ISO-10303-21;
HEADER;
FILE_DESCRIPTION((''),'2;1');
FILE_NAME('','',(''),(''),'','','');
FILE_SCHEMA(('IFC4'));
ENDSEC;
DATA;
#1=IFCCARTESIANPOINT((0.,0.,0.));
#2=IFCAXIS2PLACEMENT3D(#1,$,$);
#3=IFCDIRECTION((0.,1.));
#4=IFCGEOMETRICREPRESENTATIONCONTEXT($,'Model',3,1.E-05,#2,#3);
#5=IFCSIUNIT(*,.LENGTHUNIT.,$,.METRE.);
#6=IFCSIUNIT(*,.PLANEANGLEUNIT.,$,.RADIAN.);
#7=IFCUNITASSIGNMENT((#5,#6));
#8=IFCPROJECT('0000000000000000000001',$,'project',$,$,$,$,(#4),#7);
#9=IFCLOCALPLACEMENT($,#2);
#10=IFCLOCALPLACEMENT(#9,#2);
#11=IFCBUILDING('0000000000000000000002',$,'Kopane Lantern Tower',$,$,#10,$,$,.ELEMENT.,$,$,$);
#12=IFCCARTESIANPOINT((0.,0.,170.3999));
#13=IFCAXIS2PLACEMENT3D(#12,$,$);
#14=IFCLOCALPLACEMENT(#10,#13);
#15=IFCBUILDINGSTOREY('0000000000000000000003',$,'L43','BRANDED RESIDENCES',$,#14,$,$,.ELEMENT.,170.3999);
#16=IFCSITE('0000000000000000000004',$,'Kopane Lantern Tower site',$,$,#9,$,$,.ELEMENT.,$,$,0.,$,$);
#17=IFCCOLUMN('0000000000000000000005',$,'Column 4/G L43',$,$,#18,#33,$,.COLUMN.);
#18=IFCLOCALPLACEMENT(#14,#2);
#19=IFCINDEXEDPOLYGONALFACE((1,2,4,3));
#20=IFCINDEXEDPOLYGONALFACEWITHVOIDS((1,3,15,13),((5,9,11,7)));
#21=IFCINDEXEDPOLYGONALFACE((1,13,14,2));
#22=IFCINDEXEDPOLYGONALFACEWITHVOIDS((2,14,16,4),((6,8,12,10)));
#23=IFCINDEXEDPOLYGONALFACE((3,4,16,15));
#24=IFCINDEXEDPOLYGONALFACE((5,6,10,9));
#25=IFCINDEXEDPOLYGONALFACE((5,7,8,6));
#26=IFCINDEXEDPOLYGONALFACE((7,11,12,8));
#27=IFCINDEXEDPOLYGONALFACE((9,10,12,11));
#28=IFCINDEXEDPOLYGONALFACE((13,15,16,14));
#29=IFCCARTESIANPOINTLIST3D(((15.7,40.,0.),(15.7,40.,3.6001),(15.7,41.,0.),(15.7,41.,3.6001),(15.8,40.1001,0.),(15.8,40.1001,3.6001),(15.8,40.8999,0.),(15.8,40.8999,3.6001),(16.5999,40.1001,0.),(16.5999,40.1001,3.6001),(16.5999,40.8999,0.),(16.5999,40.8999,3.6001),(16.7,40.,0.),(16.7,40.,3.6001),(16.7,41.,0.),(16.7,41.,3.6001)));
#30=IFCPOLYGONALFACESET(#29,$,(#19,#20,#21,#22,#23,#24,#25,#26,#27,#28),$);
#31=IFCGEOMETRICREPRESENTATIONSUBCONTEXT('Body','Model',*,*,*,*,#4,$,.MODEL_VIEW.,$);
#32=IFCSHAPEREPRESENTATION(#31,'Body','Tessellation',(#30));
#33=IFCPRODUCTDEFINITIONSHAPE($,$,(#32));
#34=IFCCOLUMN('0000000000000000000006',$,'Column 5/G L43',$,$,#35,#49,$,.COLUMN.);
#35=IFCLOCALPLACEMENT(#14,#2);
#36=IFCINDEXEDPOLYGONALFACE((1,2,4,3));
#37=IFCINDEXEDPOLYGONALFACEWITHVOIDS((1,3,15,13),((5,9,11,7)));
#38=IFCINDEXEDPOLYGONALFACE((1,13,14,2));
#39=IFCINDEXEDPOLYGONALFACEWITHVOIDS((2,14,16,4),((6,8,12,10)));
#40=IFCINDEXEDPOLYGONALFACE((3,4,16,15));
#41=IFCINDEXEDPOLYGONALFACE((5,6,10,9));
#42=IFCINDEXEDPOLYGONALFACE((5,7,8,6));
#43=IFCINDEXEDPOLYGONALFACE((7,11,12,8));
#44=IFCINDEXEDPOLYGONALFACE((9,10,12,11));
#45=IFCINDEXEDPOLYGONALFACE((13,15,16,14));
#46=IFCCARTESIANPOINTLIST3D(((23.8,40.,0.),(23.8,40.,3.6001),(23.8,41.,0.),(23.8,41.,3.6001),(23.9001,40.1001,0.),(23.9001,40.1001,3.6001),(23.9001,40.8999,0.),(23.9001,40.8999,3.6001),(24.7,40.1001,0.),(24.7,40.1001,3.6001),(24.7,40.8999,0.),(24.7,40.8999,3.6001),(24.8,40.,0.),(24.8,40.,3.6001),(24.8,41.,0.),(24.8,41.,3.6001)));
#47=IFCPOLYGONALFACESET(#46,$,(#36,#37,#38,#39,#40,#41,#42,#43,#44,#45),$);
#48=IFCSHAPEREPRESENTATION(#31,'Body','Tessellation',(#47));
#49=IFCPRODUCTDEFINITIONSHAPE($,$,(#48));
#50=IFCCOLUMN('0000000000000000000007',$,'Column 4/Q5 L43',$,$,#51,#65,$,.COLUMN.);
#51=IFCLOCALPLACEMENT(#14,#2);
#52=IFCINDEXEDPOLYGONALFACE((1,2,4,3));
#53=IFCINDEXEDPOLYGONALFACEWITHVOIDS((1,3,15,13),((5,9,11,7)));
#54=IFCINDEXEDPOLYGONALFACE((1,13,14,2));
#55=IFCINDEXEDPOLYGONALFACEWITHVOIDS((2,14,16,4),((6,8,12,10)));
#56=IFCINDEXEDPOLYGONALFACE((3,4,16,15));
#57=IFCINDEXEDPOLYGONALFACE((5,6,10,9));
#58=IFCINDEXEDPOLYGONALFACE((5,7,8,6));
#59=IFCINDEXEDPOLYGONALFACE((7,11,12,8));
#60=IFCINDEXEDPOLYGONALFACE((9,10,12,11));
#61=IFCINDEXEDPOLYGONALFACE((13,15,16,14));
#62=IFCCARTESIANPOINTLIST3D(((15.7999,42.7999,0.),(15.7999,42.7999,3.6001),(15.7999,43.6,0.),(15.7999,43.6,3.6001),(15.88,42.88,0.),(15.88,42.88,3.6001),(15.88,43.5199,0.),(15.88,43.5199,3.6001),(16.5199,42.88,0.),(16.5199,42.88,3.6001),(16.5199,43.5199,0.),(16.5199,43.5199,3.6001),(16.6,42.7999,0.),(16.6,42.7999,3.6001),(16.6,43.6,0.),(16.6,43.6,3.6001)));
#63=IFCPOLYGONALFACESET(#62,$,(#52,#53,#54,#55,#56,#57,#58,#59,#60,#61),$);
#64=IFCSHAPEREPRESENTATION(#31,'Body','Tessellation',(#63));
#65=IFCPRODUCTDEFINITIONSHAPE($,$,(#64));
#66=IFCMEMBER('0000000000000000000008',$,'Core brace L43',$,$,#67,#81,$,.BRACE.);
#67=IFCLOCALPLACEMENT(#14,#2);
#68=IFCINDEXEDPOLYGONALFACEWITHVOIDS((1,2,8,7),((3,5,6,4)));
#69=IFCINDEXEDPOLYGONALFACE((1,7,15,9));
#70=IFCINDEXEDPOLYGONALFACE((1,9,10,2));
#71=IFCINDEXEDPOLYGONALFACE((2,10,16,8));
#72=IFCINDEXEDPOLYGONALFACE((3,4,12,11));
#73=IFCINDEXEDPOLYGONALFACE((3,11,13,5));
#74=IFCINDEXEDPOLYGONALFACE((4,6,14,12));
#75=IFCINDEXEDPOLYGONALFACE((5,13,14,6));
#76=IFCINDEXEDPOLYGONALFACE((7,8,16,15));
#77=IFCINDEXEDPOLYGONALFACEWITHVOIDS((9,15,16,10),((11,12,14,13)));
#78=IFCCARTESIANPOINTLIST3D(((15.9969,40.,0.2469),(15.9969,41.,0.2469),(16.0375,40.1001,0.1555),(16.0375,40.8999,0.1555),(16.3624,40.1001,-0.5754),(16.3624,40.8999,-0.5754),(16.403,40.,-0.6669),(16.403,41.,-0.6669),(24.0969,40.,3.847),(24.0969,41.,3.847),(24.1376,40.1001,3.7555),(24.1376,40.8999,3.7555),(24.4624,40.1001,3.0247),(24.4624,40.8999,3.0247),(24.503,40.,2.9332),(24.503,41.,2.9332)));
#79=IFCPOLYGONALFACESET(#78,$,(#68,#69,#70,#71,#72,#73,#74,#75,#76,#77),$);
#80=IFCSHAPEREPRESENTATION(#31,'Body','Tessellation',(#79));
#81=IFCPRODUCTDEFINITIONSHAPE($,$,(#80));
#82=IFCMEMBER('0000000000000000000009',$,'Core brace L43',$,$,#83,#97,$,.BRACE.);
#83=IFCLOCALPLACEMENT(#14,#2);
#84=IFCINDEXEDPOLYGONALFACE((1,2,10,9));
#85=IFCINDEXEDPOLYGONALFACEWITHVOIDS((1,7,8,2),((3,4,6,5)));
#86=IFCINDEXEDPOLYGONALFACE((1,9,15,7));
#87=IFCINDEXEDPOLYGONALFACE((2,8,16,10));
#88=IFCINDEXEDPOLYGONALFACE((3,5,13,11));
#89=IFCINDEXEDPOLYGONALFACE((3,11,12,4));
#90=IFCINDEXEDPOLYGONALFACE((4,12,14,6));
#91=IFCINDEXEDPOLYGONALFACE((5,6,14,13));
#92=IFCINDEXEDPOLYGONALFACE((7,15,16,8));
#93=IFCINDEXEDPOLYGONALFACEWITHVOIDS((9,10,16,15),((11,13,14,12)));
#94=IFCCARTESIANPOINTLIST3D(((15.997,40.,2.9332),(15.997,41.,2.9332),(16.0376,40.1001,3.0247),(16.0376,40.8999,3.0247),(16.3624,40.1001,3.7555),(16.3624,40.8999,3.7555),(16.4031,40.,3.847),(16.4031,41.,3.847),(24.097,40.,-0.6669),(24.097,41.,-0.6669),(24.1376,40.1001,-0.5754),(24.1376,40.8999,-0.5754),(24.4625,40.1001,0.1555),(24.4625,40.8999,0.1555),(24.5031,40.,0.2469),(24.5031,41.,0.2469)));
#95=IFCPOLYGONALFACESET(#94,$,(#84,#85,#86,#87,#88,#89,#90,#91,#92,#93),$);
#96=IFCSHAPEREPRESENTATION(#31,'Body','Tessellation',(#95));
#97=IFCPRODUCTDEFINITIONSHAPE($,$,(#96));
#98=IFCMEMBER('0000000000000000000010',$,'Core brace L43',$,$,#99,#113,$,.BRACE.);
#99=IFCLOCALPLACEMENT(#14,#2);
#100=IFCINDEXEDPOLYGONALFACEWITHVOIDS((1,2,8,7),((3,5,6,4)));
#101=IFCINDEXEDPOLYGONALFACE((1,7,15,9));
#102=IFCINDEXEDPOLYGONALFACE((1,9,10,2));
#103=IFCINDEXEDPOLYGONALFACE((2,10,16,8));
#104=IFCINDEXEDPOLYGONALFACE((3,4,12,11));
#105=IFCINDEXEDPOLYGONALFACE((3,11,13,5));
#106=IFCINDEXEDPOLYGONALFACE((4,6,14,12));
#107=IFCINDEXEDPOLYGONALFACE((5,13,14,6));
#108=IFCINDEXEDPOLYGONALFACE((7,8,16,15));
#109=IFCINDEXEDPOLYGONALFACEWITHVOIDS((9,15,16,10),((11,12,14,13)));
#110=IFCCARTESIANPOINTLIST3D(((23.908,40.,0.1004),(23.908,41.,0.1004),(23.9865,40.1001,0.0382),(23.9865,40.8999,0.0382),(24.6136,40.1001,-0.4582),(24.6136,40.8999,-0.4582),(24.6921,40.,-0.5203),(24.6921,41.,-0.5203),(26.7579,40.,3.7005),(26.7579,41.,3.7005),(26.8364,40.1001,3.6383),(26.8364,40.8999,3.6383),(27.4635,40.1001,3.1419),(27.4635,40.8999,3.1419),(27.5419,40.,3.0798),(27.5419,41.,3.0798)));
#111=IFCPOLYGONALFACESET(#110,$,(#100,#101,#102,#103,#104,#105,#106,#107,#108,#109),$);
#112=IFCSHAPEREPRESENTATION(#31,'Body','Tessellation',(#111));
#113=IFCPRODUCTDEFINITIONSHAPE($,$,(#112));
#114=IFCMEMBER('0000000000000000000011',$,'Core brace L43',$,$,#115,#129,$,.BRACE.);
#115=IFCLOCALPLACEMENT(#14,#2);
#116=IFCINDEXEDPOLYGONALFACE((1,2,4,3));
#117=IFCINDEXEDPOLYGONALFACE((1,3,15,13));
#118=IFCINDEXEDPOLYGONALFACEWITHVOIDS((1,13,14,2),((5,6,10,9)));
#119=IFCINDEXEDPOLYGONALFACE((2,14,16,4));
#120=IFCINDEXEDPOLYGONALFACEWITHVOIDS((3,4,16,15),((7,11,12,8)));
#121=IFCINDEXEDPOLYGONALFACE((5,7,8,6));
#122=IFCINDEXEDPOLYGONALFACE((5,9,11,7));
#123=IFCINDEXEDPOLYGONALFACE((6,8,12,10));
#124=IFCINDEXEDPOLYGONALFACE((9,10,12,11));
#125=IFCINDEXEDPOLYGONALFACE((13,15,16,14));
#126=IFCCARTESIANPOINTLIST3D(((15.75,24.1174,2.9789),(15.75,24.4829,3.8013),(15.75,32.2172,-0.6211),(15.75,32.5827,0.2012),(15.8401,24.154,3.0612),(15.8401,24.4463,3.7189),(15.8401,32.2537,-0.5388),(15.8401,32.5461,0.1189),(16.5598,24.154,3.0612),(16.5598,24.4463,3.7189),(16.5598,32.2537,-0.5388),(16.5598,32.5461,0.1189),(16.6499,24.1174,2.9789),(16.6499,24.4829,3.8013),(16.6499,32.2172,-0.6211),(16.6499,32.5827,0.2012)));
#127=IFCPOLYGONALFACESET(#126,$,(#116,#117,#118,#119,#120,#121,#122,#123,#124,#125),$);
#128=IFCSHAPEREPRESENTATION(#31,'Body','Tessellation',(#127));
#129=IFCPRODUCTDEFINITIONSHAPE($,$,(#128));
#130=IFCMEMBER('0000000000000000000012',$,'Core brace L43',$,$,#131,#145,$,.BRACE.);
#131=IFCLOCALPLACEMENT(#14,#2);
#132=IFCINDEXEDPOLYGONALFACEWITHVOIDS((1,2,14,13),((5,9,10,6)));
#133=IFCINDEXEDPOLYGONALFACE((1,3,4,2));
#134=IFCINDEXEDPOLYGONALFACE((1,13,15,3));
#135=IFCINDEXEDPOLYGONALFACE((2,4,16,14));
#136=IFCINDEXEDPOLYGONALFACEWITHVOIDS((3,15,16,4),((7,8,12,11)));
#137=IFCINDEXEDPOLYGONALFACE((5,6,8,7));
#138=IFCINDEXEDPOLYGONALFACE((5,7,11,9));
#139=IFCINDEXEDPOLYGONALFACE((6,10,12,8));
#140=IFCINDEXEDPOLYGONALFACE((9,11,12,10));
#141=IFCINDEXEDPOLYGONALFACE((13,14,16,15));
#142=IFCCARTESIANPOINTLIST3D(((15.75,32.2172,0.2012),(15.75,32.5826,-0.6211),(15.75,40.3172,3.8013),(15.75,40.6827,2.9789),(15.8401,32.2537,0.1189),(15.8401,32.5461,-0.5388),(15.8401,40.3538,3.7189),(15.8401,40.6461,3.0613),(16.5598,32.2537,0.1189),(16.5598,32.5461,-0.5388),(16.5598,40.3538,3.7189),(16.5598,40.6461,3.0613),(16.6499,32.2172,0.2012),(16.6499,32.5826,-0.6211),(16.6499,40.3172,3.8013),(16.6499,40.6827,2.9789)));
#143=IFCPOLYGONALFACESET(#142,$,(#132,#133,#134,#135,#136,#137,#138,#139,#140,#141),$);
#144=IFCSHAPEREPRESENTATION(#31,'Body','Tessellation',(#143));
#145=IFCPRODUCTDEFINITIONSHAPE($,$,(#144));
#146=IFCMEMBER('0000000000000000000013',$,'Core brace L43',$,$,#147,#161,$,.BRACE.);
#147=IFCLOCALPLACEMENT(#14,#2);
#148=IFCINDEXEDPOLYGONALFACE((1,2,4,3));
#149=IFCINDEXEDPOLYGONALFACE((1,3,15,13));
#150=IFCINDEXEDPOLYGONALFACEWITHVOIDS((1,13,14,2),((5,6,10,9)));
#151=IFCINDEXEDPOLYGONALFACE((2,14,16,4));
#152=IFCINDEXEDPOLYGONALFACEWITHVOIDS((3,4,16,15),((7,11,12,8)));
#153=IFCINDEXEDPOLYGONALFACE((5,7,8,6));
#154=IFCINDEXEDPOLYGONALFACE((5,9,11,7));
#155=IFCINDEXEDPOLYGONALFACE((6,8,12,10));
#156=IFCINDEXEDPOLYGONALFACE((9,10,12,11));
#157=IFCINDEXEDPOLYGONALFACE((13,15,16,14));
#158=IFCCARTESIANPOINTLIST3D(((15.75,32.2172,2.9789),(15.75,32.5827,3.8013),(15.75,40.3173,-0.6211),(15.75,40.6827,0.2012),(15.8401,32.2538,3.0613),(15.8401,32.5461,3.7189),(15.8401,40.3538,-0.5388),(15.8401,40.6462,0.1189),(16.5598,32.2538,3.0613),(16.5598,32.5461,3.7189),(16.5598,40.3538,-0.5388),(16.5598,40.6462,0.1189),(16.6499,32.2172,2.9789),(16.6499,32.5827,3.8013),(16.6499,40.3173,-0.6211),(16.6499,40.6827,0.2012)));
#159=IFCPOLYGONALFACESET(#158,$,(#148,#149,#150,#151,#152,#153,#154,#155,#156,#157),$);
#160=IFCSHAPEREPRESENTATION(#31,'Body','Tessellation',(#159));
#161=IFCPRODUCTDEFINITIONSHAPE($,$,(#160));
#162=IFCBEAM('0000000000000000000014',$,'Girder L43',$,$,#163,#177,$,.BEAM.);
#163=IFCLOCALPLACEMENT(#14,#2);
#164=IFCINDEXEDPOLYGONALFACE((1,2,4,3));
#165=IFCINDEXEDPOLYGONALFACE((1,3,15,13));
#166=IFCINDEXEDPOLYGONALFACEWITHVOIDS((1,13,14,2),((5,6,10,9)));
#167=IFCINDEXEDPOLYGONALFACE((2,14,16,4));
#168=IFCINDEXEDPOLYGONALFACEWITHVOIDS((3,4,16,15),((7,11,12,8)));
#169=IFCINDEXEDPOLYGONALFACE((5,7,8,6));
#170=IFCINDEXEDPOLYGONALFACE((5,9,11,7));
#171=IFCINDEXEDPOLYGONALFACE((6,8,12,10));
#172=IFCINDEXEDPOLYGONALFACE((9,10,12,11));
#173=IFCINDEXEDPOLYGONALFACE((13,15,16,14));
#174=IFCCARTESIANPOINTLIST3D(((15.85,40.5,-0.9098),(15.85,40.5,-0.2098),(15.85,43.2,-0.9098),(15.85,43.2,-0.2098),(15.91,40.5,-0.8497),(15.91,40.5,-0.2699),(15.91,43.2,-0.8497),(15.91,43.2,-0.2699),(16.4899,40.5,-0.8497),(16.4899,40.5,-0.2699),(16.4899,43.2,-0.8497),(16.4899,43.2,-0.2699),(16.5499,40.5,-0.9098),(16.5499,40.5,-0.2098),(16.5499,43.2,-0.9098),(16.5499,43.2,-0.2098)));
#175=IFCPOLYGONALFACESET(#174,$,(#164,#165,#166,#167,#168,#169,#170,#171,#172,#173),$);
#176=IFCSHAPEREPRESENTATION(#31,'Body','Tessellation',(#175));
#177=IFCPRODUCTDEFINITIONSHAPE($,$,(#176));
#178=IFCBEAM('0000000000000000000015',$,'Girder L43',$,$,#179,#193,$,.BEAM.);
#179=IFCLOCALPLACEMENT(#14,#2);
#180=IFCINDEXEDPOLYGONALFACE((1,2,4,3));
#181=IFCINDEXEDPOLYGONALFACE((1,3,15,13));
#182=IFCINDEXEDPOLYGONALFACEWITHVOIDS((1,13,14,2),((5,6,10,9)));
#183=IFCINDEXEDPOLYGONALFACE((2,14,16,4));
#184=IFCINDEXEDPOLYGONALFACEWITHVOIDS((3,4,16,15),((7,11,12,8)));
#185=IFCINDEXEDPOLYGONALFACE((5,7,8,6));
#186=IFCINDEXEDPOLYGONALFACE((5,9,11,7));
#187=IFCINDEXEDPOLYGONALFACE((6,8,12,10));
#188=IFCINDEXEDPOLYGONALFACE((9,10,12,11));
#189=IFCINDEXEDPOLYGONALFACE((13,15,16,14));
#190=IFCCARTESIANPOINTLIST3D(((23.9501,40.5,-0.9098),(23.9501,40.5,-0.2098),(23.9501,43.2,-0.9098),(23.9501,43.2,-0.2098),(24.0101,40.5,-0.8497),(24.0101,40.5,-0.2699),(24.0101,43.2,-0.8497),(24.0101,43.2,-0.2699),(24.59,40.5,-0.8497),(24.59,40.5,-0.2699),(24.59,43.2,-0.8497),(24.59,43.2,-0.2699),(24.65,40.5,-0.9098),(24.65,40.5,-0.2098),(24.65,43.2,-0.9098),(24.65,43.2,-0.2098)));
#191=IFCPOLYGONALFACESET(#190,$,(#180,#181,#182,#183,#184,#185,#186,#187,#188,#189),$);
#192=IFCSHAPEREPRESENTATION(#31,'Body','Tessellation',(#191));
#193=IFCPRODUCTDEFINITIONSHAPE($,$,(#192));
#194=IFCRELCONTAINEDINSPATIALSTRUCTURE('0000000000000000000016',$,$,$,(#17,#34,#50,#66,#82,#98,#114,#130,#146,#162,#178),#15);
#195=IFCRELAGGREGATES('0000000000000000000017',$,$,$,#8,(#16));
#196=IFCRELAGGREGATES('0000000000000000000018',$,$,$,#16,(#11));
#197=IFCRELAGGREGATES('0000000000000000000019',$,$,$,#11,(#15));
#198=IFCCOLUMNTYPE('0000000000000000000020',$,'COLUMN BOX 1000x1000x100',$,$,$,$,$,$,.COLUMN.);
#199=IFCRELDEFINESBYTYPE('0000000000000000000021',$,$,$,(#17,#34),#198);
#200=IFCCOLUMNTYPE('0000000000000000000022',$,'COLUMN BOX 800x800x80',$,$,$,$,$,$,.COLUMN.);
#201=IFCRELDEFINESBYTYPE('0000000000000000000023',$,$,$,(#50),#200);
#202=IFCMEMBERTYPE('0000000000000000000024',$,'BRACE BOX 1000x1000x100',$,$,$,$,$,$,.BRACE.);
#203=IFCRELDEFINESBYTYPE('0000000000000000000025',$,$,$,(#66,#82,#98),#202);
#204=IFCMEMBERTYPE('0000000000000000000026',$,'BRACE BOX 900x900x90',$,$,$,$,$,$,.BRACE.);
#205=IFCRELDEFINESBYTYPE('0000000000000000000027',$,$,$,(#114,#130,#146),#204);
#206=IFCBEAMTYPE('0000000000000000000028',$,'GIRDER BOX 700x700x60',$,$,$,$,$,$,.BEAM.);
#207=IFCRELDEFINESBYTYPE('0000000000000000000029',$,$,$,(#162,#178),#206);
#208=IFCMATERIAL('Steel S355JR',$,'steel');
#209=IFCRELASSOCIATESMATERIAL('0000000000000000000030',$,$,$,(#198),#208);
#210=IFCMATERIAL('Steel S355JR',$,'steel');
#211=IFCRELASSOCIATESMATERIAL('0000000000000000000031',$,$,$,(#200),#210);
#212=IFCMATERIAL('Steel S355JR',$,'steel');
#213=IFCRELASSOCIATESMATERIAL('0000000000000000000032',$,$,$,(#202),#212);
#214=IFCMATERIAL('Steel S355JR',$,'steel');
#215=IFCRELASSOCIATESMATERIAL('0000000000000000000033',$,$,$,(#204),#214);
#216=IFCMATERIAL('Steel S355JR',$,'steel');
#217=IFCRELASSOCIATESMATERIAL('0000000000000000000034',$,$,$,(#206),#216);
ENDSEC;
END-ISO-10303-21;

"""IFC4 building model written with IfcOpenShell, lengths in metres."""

from ifc_helpers import new_model, si_unit, direction, frame, origin, origin_2d, place, context, subcontext, project, spatial, hollow_rectangle, extrude, material, material_profile, profile_set, type_object, element, save


model = new_model("IFC4")

# Units and contexts
model_context = context("Model", 3, precision=1e-05, world=origin(), true_north=direction((0.0, 1.0)))
body_context = subcontext(model_context, "Body", "Model", "MODEL_VIEW")
ifc_project = project(units=[si_unit("LENGTHUNIT", "METRE"), si_unit("PLANEANGLEUNIT", "RADIAN")], contexts=[model_context])

# Site, building, storey
site_placement = place(None, origin())
site = spatial("IfcSite", under=ifc_project, at=site_placement, Name="Kopane Lantern Tower site", CompositionType="ELEMENT", RefElevation=0.0)
building_placement = place(site_placement, origin())
building = spatial("IfcBuilding", under=site, at=building_placement, Name="Kopane Lantern Tower", CompositionType="ELEMENT")
storey_placement = place(building_placement, frame((0.0, 0.0, 170.3999)))
storey = spatial("IfcBuildingStorey", under=building, at=storey_placement, Name="L43", Description="BRANDED RESIDENCES", CompositionType="ELEMENT", Elevation=170.3999)

# Columns
ifc_material_1 = material(Name="Steel S355JR", Category="steel")
ifc_material_profile_1 = material_profile(ifc_material_1, hollow_rectangle(XDim=1.0, YDim=1.0, WallThickness=0.1001, at=origin_2d()), Name="BOX 1000x1000x100")
ifc_profile_set_1 = profile_set([ifc_material_profile_1], Name="Steel S355JR")
column_type_1 = type_object("IfcColumnType", Name="COLUMN BOX 1000x1000x100", PredefinedType="COLUMN", material=ifc_profile_set_1)
for number, where, z_axis, x_axis, name in (
    (1, (16.2, 40.5, 0.0), (0.0, 0.0, 1.0), (1.0, 0.0, 0.0), "Column 4/G L43"),
    (2, (24.3, 40.5, 0.0), (0.0, 0.0, 1.0), (1.0, 0.0, 0.0), "Column 5/G L43"),
):
    element("IfcColumn", number, at=place(storey_placement, frame(where, z_axis=z_axis, x_axis=x_axis)), inside=storey, type_object=column_type_1, Name=name, PredefinedType="COLUMN", context=body_context, shape_type="SweptSolid", body=[
        extrude(hollow_rectangle(XDim=1.0, YDim=1.0, WallThickness=0.1001, at=origin_2d()), origin(), (0.0, 0.0, 1.0), 3.6001),
    ])
ifc_material_2 = material(Name="Steel S355JR", Category="steel")
ifc_material_profile_2 = material_profile(ifc_material_2, hollow_rectangle(XDim=0.8, YDim=0.8, WallThickness=0.0801, at=origin_2d()), Name="BOX 800x800x80")
ifc_profile_set_2 = profile_set([ifc_material_profile_2], Name="Steel S355JR")
column_type_2 = type_object("IfcColumnType", Name="COLUMN BOX 800x800x80", PredefinedType="COLUMN", material=ifc_profile_set_2)
column_placement = place(storey_placement, frame((16.2, 43.2, 0.0), z_axis=(0.0, 0.0, 1.0), x_axis=(1.0, 0.0, 0.0)))
element("IfcColumn", 3, at=column_placement, inside=storey, type_object=column_type_2, Name="Column 4/Q5 L43", PredefinedType="COLUMN", context=body_context, shape_type="SweptSolid", body=[
    extrude(hollow_rectangle(XDim=0.8, YDim=0.8, WallThickness=0.0801, at=origin_2d()), origin(), (0.0, 0.0, 1.0), 3.6001),
])

# Members
ifc_material_3 = material(Name="Steel S355JR", Category="steel")
ifc_material_profile_3 = material_profile(ifc_material_3, hollow_rectangle(XDim=1.0, YDim=1.0, WallThickness=0.1001, at=origin_2d()), Name="BOX 1000x1000x100")
ifc_profile_set_3 = profile_set([ifc_material_profile_3], Name="Steel S355JR")
member_type_1 = type_object("IfcMemberType", Name="BRACE BOX 1000x1000x100", PredefinedType="BRACE", material=ifc_profile_set_3)
for number, where, z_axis, x_axis, name in (
    (4, (16.2, 40.5, -0.21), (0.913809, 0.0, 0.406144), (0.0, 1.0, 0.0), "Core brace L43"),
    (5, (24.3, 40.5, -0.21), (-0.913809, 0.0, 0.406144), (0.0, -1.0, 0.0), "Core brace L43"),
):
    element("IfcMember", number, at=place(storey_placement, frame(where, z_axis=z_axis, x_axis=x_axis)), inside=storey, type_object=member_type_1, Name=name, PredefinedType="BRACE", context=body_context, shape_type="SweptSolid", body=[
        extrude(hollow_rectangle(XDim=1.0, YDim=1.0, WallThickness=0.1001, at=origin_2d()), origin(), (0.0, 0.0, 1.0), 8.864),
    ])
member_1_placement = place(storey_placement, frame((24.3, 40.5, -0.21), z_axis=(0.620673, 0.0, 0.78407), x_axis=(0.0, 1.0, 0.0)))
element("IfcMember", 6, at=member_1_placement, inside=storey, type_object=member_type_1, Name="Core brace L43", PredefinedType="BRACE", context=body_context, shape_type="SweptSolid", body=[
    extrude(hollow_rectangle(XDim=1.0, YDim=1.0, WallThickness=0.1001, at=origin_2d()), origin(), (0.0, 0.0, 1.0), 4.5916),
])
ifc_material_4 = material(Name="Steel S355JR", Category="steel")
ifc_material_profile_4 = material_profile(ifc_material_4, hollow_rectangle(XDim=0.8999, YDim=0.8999, WallThickness=0.0901, at=origin_2d()), Name="BOX 900x900x90")
ifc_profile_set_4 = profile_set([ifc_material_profile_4], Name="Steel S355JR")
member_type_2 = type_object("IfcMemberType", Name="BRACE BOX 900x900x90", PredefinedType="BRACE", material=ifc_profile_set_4)
member_2_placement = place(storey_placement, frame((16.2, 32.3999, -0.21), z_axis=(0.0, -0.913805, 0.406154), x_axis=(1.0, 0.0, 0.0)))
element("IfcMember", 7, at=member_2_placement, inside=storey, type_object=member_type_2, Name="Core brace L43", PredefinedType="BRACE", context=body_context, shape_type="SweptSolid", body=[
    extrude(hollow_rectangle(XDim=0.8999, YDim=0.8999, WallThickness=0.0901, at=origin_2d()), origin(), (0.0, 0.0, 1.0), 8.8638),
])
for number, where, z_axis, x_axis, name in (
    (8, (16.2, 32.3999, -0.21), (0.0, 0.913809, 0.406144), (-1.0, 0.0, 0.0), "Core brace L43"),
    (9, (16.2, 40.5, -0.21), (0.0, -0.913809, 0.406144), (1.0, 0.0, 0.0), "Core brace L43"),
):
    element("IfcMember", number, at=place(storey_placement, frame(where, z_axis=z_axis, x_axis=x_axis)), inside=storey, type_object=member_type_2, Name=name, PredefinedType="BRACE", context=body_context, shape_type="SweptSolid", body=[
        extrude(hollow_rectangle(XDim=0.8999, YDim=0.8999, WallThickness=0.0901, at=origin_2d()), origin(), (0.0, 0.0, 1.0), 8.864),
    ])

# Beams
ifc_material_5 = material(Name="Steel S355JR", Category="steel")
ifc_material_profile_5 = material_profile(ifc_material_5, hollow_rectangle(XDim=0.7, YDim=0.7, WallThickness=0.0601, at=origin_2d()), Name="BOX 700x700x60")
ifc_profile_set_5 = profile_set([ifc_material_profile_5], Name="Steel S355JR")
beam_type_1 = type_object("IfcBeamType", Name="GIRDER BOX 700x700x60", PredefinedType="BEAM", material=ifc_profile_set_5)
for number, where, z_axis, x_axis, name in (
    (10, (16.2, 40.5, -0.5598), (0.0, 1.0, 0.0), (-1.0, 0.0, 0.0), "Girder L43"),
    (11, (24.3, 40.5, -0.5598), (0.0, 1.0, 0.0), (-1.0, 0.0, 0.0), "Girder L43"),
):
    element("IfcBeam", number, at=place(storey_placement, frame(where, z_axis=z_axis, x_axis=x_axis)), inside=storey, type_object=beam_type_1, Name=name, PredefinedType="BEAM", context=body_context, shape_type="SweptSolid", body=[
        extrude(hollow_rectangle(XDim=0.7, YDim=0.7, WallThickness=0.0601, at=origin_2d()), origin(), (0.0, 0.0, 1.0), 2.7),
    ])

save(model, "model.ifc")
